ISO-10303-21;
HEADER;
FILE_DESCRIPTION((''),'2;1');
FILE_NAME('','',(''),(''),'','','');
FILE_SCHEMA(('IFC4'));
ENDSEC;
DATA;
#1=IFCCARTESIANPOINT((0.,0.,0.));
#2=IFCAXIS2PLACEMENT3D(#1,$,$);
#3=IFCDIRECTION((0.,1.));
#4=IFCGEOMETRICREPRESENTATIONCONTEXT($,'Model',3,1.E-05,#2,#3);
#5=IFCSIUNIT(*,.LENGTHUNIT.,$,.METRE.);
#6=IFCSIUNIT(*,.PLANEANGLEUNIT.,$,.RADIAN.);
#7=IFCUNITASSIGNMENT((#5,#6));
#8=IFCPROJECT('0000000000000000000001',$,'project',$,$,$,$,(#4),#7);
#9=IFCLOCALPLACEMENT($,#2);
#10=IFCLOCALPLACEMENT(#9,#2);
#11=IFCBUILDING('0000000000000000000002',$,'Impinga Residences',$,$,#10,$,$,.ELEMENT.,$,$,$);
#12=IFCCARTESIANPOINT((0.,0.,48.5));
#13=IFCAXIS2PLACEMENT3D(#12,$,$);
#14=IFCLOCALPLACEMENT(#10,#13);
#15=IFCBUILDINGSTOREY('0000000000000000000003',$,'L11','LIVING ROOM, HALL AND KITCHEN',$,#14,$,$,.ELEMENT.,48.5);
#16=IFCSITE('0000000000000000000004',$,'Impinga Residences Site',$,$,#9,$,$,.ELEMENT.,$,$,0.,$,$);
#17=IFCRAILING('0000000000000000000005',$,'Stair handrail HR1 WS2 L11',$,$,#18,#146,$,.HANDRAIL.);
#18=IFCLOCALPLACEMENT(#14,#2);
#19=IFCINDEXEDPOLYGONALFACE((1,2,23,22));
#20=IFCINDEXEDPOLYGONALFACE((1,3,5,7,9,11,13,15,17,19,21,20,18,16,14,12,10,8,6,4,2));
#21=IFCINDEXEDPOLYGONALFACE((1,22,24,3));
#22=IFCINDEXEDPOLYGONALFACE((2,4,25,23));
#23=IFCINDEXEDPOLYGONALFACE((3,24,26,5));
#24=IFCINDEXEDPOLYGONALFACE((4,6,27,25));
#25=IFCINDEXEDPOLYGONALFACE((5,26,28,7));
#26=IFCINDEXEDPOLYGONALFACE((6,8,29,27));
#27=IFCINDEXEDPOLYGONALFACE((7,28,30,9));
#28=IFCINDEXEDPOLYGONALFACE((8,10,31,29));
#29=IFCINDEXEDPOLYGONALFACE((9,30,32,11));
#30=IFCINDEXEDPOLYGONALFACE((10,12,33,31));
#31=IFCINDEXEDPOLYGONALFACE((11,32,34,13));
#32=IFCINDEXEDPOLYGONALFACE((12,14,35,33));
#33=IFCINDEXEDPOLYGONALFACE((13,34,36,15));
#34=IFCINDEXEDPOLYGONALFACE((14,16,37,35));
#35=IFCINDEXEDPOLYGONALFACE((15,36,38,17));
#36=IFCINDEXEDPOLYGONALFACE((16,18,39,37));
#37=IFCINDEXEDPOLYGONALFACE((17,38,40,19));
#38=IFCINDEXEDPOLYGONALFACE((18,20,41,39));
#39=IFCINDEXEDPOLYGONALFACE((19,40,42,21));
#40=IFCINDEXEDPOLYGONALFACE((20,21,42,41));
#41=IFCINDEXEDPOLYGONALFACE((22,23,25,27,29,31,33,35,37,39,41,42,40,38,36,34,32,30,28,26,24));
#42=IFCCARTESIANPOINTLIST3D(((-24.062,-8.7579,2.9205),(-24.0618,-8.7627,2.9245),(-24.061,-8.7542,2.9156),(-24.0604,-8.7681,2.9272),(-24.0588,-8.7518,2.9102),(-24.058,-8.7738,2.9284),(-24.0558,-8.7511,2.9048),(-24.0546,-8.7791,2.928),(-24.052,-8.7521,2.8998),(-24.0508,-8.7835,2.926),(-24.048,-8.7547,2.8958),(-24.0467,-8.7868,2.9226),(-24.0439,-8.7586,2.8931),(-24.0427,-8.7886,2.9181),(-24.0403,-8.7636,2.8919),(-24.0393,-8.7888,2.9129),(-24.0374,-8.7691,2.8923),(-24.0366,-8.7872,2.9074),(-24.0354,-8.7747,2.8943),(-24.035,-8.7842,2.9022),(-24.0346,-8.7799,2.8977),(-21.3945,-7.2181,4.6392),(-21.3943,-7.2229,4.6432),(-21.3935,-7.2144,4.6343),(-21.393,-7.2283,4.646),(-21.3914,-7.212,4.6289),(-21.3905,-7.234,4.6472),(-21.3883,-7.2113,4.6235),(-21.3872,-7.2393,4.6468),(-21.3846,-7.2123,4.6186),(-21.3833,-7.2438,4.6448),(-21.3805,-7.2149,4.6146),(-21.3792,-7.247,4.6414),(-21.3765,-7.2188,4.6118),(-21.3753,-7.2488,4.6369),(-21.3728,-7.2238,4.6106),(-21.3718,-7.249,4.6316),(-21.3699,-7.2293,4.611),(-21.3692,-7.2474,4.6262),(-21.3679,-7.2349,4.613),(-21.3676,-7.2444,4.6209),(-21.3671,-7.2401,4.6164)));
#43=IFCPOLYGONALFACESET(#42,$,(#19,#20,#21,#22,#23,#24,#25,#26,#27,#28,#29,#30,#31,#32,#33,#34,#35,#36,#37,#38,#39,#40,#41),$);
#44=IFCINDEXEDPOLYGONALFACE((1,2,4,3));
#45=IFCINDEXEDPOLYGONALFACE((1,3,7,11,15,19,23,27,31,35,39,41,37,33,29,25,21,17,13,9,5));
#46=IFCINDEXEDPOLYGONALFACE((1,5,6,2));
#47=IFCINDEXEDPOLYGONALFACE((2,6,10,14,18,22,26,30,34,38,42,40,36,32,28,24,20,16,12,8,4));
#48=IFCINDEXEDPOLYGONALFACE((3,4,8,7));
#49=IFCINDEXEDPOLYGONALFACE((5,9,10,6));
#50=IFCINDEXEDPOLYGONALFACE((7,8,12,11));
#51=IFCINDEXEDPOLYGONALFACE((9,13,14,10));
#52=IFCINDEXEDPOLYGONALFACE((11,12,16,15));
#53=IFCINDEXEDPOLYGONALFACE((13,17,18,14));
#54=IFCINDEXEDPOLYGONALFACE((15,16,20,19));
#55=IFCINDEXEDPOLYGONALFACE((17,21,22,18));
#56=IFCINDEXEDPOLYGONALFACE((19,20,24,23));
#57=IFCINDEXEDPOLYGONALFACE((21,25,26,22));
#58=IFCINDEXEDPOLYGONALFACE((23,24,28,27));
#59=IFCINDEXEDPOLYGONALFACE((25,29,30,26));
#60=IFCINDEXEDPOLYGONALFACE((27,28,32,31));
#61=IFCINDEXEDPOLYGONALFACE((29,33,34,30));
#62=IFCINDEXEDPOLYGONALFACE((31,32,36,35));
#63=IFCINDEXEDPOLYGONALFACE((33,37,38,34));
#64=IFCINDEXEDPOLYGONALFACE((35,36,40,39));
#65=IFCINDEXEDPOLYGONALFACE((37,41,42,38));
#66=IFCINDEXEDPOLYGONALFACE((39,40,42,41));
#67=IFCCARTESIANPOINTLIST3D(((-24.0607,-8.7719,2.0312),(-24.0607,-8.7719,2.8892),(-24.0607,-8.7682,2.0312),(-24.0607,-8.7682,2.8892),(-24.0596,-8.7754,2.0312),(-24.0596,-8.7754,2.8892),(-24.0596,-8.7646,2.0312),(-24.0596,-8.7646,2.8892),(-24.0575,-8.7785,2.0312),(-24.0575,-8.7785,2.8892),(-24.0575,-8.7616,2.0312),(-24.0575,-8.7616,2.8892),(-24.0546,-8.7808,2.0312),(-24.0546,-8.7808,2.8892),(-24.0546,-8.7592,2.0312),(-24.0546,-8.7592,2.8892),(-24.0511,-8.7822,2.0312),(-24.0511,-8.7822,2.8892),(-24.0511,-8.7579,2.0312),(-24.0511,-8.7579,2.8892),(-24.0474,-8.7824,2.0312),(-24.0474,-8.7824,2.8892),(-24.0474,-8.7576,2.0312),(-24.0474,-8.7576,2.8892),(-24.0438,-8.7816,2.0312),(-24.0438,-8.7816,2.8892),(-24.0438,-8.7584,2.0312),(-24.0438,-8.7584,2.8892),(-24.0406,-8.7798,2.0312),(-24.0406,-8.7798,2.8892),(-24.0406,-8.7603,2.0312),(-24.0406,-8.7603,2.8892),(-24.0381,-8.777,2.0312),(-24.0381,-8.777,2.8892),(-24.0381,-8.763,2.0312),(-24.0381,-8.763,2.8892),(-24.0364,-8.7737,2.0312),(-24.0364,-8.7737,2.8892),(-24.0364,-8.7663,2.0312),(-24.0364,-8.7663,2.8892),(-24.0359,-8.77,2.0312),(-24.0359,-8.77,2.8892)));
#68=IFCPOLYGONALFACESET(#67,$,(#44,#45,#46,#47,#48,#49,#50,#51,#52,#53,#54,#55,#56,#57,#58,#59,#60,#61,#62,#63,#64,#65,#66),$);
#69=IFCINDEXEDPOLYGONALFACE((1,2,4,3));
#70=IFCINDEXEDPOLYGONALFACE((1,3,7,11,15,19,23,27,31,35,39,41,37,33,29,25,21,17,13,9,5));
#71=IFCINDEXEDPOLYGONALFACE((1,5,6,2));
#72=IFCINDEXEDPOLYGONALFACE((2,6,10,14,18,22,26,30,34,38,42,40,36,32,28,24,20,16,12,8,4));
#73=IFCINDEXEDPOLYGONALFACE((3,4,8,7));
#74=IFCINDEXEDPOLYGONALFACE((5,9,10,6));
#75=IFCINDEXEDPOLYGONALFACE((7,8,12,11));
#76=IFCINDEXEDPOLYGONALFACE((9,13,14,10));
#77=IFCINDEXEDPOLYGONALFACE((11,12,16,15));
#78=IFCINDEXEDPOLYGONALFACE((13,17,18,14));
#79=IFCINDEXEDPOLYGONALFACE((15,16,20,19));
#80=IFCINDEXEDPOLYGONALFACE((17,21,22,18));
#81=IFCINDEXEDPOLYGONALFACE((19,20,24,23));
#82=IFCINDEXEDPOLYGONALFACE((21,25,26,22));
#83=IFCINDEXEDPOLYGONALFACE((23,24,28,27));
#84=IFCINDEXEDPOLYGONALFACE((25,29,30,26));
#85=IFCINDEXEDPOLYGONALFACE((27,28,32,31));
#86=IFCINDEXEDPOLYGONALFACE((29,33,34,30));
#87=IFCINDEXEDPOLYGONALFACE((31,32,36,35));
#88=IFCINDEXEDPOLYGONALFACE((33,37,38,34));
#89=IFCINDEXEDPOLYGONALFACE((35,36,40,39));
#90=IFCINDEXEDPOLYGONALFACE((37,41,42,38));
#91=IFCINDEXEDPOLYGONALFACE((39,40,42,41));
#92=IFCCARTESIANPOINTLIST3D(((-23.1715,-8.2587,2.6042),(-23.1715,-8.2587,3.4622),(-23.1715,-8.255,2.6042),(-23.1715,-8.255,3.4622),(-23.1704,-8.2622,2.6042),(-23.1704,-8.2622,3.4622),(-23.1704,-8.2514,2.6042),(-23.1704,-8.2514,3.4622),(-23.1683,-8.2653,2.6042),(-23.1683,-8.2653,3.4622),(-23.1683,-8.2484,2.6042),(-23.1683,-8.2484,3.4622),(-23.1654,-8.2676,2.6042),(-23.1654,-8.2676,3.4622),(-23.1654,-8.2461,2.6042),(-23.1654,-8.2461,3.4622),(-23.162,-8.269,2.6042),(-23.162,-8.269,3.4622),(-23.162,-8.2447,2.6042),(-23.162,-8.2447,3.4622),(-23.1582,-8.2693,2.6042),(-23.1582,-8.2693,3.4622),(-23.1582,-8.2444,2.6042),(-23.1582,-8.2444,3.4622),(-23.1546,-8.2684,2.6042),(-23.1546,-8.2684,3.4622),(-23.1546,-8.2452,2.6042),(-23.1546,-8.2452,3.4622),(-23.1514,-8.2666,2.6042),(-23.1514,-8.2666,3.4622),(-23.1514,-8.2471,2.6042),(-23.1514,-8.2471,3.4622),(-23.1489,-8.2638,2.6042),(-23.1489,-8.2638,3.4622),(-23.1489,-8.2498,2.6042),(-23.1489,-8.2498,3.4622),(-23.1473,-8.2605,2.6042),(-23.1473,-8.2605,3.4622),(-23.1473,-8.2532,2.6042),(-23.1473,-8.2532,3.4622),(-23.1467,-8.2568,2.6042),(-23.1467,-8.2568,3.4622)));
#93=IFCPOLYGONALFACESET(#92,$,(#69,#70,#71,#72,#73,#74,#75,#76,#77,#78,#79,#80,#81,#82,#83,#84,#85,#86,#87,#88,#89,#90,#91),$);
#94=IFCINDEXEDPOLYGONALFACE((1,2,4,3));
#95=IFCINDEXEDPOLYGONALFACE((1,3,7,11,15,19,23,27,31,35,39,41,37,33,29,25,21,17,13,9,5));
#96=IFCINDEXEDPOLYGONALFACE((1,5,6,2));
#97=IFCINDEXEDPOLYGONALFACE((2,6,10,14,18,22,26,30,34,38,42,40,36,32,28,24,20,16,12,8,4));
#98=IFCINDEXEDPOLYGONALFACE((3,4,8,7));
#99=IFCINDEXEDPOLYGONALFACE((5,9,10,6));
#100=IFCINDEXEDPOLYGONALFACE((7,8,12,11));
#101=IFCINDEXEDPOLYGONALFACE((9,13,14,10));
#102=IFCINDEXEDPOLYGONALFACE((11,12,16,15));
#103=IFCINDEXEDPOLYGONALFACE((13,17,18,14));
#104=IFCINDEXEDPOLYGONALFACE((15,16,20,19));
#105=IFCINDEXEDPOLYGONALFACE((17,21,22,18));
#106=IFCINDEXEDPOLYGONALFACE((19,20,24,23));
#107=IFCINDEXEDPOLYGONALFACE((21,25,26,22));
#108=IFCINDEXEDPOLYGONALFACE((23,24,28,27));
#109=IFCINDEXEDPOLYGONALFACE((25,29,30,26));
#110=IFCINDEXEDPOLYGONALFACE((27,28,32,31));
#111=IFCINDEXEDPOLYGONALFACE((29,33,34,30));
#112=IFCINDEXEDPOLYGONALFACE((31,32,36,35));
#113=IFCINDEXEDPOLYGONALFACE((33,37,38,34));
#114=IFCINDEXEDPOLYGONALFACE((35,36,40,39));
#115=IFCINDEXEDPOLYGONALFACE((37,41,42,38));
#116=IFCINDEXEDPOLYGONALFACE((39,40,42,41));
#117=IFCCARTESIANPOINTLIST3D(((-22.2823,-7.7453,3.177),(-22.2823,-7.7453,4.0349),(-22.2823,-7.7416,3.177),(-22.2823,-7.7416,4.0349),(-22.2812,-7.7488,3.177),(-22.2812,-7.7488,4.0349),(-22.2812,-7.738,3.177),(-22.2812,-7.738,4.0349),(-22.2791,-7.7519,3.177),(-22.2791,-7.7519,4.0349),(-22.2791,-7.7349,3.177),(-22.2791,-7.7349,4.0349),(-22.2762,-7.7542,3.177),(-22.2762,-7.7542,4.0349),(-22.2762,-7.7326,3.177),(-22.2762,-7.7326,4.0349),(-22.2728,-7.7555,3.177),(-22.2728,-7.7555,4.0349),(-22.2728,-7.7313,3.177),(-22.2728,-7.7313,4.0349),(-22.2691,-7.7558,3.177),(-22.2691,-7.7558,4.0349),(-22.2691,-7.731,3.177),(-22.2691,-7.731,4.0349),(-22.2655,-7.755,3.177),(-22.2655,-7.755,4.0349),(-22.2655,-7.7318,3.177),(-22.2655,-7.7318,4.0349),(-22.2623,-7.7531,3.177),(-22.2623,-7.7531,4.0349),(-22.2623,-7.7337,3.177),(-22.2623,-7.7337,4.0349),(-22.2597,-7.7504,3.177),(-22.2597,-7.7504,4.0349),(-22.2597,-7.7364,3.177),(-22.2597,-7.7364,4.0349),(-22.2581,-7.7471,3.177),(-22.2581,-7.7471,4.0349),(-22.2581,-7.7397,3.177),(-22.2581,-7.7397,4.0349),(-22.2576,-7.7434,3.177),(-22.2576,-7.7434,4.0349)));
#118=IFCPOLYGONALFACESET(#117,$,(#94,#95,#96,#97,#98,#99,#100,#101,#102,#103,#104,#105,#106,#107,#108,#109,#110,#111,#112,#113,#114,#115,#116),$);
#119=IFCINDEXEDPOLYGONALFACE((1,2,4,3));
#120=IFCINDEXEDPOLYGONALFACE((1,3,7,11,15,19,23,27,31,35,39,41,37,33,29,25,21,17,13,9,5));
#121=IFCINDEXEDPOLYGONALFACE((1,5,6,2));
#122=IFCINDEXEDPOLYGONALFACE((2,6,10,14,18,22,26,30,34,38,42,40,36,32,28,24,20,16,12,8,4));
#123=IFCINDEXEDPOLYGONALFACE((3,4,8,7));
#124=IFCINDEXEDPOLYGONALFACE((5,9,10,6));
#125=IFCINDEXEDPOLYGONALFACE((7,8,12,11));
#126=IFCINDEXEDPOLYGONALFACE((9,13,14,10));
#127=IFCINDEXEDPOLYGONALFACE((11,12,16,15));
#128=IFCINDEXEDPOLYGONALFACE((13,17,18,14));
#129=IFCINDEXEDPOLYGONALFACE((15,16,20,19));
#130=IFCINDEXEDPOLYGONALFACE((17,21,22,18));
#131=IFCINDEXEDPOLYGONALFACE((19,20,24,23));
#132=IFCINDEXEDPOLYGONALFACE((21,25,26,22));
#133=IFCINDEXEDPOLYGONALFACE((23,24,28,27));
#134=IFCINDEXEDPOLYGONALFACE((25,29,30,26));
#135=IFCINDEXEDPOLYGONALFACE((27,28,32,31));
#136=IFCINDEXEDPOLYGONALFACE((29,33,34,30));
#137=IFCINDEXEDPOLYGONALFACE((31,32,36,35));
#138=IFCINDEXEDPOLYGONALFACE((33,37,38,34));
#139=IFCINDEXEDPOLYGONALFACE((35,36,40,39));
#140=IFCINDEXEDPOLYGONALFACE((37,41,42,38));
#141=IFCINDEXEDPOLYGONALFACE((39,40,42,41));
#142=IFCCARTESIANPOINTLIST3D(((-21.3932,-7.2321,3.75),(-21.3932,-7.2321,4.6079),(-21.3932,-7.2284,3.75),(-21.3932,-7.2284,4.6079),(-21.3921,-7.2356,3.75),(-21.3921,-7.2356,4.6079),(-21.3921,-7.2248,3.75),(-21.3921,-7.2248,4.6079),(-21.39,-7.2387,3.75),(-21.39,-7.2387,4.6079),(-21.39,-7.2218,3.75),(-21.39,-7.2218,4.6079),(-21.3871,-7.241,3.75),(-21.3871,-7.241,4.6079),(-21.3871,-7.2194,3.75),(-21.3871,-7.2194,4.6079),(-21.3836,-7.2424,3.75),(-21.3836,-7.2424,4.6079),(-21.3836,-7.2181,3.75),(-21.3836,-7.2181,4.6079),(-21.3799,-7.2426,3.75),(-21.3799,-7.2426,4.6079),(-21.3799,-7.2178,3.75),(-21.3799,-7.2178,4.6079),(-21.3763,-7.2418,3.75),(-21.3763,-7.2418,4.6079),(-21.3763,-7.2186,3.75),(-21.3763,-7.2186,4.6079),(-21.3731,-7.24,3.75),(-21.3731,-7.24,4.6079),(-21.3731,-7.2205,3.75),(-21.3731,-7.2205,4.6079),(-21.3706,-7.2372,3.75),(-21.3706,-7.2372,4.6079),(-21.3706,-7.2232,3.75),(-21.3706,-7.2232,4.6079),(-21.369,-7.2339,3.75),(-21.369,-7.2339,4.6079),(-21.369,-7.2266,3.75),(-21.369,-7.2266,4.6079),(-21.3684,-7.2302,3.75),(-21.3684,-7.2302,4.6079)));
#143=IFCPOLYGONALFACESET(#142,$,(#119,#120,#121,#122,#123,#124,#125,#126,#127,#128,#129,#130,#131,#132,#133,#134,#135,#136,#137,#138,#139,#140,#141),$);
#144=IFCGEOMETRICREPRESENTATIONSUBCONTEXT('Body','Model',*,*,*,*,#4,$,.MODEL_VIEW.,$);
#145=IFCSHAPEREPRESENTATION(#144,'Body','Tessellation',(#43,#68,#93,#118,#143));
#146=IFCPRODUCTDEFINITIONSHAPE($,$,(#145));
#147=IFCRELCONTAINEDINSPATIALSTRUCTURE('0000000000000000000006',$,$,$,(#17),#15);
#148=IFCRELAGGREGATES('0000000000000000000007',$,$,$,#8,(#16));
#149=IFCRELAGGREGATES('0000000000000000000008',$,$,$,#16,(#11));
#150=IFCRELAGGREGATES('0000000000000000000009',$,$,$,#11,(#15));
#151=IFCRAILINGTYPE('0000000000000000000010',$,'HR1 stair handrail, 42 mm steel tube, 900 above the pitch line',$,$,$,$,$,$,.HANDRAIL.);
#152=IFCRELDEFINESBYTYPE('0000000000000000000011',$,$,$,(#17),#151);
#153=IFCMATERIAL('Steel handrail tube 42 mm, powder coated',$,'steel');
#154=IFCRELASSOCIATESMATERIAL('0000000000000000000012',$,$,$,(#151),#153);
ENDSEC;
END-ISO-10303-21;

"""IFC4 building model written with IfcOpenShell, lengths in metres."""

from ifc_helpers import new_model, si_unit, direction, frame, origin, origin_2d, place, context, subcontext, project, spatial, circle, extrude, material, type_object, element, save


model = new_model("IFC4")

# Units and contexts
model_context = context("Model", 3, precision=1e-05, world=origin(), true_north=direction((0.0, 1.0)))
body_context = subcontext(model_context, "Body", "Model", "MODEL_VIEW")
ifc_project = project(units=[si_unit("LENGTHUNIT", "METRE"), si_unit("PLANEANGLEUNIT", "RADIAN")], contexts=[model_context])

# Site, building, storey
site_placement = place(None, origin())
site = spatial("IfcSite", under=ifc_project, at=site_placement, Name="Impinga Residences Site", CompositionType="ELEMENT", RefElevation=0.0)
building_placement = place(site_placement, origin())
building = spatial("IfcBuilding", under=site, at=building_placement, Name="Impinga Residences", CompositionType="ELEMENT")
storey_placement = place(building_placement, frame((0.0, 0.0, 48.5)))
storey = spatial("IfcBuildingStorey", under=building, at=storey_placement, Name="L11", Description="LIVING ROOM, HALL AND KITCHEN", CompositionType="ELEMENT", Elevation=48.5)

# Railing
ifc_material_1 = material(Name="Steel handrail tube 42 mm, powder coated", Category="steel")
railing_type_1 = type_object("IfcRailingType", Name="HR1 stair handrail, 42 mm steel tube, 900 above the pitch line", PredefinedType="HANDRAIL", material=ifc_material_1)
railing_1_placement = place(storey_placement, frame((-24.0483, -8.77, 2.0312)))
element("IfcRailing", 1, at=railing_1_placement, inside=storey, type_object=railing_type_1, Name="Stair handrail HR1 WS2 L11", PredefinedType="HANDRAIL", context=body_context, shape_type="SweptSolid", body=[
    extrude(circle(Radius=0.021, at=origin_2d()), frame((0.0, 0.0, 0.8789), z_axis=(0.756279, 0.43656, 0.487297), x_axis=(-0.499933, 0.866064, 0.0)), (0.0, 0.0, 1.0), 3.5271),
    extrude(circle(Radius=0.0125, at=origin_2d()), origin(), (0.0, 0.0, 1.0), 0.8579),
    extrude(circle(Radius=0.0125, at=origin_2d()), frame((0.8892, 0.5132, 0.573)), (0.0, 0.0, 1.0), 0.8579),
    extrude(circle(Radius=0.0125, at=origin_2d()), frame((1.7783, 1.0266, 1.1458)), (0.0, 0.0, 1.0), 0.8579),
    extrude(circle(Radius=0.0125, at=origin_2d()), frame((2.6675, 1.5398, 1.7188)), (0.0, 0.0, 1.0), 0.8579),
])

save(model, "model.ifc")
